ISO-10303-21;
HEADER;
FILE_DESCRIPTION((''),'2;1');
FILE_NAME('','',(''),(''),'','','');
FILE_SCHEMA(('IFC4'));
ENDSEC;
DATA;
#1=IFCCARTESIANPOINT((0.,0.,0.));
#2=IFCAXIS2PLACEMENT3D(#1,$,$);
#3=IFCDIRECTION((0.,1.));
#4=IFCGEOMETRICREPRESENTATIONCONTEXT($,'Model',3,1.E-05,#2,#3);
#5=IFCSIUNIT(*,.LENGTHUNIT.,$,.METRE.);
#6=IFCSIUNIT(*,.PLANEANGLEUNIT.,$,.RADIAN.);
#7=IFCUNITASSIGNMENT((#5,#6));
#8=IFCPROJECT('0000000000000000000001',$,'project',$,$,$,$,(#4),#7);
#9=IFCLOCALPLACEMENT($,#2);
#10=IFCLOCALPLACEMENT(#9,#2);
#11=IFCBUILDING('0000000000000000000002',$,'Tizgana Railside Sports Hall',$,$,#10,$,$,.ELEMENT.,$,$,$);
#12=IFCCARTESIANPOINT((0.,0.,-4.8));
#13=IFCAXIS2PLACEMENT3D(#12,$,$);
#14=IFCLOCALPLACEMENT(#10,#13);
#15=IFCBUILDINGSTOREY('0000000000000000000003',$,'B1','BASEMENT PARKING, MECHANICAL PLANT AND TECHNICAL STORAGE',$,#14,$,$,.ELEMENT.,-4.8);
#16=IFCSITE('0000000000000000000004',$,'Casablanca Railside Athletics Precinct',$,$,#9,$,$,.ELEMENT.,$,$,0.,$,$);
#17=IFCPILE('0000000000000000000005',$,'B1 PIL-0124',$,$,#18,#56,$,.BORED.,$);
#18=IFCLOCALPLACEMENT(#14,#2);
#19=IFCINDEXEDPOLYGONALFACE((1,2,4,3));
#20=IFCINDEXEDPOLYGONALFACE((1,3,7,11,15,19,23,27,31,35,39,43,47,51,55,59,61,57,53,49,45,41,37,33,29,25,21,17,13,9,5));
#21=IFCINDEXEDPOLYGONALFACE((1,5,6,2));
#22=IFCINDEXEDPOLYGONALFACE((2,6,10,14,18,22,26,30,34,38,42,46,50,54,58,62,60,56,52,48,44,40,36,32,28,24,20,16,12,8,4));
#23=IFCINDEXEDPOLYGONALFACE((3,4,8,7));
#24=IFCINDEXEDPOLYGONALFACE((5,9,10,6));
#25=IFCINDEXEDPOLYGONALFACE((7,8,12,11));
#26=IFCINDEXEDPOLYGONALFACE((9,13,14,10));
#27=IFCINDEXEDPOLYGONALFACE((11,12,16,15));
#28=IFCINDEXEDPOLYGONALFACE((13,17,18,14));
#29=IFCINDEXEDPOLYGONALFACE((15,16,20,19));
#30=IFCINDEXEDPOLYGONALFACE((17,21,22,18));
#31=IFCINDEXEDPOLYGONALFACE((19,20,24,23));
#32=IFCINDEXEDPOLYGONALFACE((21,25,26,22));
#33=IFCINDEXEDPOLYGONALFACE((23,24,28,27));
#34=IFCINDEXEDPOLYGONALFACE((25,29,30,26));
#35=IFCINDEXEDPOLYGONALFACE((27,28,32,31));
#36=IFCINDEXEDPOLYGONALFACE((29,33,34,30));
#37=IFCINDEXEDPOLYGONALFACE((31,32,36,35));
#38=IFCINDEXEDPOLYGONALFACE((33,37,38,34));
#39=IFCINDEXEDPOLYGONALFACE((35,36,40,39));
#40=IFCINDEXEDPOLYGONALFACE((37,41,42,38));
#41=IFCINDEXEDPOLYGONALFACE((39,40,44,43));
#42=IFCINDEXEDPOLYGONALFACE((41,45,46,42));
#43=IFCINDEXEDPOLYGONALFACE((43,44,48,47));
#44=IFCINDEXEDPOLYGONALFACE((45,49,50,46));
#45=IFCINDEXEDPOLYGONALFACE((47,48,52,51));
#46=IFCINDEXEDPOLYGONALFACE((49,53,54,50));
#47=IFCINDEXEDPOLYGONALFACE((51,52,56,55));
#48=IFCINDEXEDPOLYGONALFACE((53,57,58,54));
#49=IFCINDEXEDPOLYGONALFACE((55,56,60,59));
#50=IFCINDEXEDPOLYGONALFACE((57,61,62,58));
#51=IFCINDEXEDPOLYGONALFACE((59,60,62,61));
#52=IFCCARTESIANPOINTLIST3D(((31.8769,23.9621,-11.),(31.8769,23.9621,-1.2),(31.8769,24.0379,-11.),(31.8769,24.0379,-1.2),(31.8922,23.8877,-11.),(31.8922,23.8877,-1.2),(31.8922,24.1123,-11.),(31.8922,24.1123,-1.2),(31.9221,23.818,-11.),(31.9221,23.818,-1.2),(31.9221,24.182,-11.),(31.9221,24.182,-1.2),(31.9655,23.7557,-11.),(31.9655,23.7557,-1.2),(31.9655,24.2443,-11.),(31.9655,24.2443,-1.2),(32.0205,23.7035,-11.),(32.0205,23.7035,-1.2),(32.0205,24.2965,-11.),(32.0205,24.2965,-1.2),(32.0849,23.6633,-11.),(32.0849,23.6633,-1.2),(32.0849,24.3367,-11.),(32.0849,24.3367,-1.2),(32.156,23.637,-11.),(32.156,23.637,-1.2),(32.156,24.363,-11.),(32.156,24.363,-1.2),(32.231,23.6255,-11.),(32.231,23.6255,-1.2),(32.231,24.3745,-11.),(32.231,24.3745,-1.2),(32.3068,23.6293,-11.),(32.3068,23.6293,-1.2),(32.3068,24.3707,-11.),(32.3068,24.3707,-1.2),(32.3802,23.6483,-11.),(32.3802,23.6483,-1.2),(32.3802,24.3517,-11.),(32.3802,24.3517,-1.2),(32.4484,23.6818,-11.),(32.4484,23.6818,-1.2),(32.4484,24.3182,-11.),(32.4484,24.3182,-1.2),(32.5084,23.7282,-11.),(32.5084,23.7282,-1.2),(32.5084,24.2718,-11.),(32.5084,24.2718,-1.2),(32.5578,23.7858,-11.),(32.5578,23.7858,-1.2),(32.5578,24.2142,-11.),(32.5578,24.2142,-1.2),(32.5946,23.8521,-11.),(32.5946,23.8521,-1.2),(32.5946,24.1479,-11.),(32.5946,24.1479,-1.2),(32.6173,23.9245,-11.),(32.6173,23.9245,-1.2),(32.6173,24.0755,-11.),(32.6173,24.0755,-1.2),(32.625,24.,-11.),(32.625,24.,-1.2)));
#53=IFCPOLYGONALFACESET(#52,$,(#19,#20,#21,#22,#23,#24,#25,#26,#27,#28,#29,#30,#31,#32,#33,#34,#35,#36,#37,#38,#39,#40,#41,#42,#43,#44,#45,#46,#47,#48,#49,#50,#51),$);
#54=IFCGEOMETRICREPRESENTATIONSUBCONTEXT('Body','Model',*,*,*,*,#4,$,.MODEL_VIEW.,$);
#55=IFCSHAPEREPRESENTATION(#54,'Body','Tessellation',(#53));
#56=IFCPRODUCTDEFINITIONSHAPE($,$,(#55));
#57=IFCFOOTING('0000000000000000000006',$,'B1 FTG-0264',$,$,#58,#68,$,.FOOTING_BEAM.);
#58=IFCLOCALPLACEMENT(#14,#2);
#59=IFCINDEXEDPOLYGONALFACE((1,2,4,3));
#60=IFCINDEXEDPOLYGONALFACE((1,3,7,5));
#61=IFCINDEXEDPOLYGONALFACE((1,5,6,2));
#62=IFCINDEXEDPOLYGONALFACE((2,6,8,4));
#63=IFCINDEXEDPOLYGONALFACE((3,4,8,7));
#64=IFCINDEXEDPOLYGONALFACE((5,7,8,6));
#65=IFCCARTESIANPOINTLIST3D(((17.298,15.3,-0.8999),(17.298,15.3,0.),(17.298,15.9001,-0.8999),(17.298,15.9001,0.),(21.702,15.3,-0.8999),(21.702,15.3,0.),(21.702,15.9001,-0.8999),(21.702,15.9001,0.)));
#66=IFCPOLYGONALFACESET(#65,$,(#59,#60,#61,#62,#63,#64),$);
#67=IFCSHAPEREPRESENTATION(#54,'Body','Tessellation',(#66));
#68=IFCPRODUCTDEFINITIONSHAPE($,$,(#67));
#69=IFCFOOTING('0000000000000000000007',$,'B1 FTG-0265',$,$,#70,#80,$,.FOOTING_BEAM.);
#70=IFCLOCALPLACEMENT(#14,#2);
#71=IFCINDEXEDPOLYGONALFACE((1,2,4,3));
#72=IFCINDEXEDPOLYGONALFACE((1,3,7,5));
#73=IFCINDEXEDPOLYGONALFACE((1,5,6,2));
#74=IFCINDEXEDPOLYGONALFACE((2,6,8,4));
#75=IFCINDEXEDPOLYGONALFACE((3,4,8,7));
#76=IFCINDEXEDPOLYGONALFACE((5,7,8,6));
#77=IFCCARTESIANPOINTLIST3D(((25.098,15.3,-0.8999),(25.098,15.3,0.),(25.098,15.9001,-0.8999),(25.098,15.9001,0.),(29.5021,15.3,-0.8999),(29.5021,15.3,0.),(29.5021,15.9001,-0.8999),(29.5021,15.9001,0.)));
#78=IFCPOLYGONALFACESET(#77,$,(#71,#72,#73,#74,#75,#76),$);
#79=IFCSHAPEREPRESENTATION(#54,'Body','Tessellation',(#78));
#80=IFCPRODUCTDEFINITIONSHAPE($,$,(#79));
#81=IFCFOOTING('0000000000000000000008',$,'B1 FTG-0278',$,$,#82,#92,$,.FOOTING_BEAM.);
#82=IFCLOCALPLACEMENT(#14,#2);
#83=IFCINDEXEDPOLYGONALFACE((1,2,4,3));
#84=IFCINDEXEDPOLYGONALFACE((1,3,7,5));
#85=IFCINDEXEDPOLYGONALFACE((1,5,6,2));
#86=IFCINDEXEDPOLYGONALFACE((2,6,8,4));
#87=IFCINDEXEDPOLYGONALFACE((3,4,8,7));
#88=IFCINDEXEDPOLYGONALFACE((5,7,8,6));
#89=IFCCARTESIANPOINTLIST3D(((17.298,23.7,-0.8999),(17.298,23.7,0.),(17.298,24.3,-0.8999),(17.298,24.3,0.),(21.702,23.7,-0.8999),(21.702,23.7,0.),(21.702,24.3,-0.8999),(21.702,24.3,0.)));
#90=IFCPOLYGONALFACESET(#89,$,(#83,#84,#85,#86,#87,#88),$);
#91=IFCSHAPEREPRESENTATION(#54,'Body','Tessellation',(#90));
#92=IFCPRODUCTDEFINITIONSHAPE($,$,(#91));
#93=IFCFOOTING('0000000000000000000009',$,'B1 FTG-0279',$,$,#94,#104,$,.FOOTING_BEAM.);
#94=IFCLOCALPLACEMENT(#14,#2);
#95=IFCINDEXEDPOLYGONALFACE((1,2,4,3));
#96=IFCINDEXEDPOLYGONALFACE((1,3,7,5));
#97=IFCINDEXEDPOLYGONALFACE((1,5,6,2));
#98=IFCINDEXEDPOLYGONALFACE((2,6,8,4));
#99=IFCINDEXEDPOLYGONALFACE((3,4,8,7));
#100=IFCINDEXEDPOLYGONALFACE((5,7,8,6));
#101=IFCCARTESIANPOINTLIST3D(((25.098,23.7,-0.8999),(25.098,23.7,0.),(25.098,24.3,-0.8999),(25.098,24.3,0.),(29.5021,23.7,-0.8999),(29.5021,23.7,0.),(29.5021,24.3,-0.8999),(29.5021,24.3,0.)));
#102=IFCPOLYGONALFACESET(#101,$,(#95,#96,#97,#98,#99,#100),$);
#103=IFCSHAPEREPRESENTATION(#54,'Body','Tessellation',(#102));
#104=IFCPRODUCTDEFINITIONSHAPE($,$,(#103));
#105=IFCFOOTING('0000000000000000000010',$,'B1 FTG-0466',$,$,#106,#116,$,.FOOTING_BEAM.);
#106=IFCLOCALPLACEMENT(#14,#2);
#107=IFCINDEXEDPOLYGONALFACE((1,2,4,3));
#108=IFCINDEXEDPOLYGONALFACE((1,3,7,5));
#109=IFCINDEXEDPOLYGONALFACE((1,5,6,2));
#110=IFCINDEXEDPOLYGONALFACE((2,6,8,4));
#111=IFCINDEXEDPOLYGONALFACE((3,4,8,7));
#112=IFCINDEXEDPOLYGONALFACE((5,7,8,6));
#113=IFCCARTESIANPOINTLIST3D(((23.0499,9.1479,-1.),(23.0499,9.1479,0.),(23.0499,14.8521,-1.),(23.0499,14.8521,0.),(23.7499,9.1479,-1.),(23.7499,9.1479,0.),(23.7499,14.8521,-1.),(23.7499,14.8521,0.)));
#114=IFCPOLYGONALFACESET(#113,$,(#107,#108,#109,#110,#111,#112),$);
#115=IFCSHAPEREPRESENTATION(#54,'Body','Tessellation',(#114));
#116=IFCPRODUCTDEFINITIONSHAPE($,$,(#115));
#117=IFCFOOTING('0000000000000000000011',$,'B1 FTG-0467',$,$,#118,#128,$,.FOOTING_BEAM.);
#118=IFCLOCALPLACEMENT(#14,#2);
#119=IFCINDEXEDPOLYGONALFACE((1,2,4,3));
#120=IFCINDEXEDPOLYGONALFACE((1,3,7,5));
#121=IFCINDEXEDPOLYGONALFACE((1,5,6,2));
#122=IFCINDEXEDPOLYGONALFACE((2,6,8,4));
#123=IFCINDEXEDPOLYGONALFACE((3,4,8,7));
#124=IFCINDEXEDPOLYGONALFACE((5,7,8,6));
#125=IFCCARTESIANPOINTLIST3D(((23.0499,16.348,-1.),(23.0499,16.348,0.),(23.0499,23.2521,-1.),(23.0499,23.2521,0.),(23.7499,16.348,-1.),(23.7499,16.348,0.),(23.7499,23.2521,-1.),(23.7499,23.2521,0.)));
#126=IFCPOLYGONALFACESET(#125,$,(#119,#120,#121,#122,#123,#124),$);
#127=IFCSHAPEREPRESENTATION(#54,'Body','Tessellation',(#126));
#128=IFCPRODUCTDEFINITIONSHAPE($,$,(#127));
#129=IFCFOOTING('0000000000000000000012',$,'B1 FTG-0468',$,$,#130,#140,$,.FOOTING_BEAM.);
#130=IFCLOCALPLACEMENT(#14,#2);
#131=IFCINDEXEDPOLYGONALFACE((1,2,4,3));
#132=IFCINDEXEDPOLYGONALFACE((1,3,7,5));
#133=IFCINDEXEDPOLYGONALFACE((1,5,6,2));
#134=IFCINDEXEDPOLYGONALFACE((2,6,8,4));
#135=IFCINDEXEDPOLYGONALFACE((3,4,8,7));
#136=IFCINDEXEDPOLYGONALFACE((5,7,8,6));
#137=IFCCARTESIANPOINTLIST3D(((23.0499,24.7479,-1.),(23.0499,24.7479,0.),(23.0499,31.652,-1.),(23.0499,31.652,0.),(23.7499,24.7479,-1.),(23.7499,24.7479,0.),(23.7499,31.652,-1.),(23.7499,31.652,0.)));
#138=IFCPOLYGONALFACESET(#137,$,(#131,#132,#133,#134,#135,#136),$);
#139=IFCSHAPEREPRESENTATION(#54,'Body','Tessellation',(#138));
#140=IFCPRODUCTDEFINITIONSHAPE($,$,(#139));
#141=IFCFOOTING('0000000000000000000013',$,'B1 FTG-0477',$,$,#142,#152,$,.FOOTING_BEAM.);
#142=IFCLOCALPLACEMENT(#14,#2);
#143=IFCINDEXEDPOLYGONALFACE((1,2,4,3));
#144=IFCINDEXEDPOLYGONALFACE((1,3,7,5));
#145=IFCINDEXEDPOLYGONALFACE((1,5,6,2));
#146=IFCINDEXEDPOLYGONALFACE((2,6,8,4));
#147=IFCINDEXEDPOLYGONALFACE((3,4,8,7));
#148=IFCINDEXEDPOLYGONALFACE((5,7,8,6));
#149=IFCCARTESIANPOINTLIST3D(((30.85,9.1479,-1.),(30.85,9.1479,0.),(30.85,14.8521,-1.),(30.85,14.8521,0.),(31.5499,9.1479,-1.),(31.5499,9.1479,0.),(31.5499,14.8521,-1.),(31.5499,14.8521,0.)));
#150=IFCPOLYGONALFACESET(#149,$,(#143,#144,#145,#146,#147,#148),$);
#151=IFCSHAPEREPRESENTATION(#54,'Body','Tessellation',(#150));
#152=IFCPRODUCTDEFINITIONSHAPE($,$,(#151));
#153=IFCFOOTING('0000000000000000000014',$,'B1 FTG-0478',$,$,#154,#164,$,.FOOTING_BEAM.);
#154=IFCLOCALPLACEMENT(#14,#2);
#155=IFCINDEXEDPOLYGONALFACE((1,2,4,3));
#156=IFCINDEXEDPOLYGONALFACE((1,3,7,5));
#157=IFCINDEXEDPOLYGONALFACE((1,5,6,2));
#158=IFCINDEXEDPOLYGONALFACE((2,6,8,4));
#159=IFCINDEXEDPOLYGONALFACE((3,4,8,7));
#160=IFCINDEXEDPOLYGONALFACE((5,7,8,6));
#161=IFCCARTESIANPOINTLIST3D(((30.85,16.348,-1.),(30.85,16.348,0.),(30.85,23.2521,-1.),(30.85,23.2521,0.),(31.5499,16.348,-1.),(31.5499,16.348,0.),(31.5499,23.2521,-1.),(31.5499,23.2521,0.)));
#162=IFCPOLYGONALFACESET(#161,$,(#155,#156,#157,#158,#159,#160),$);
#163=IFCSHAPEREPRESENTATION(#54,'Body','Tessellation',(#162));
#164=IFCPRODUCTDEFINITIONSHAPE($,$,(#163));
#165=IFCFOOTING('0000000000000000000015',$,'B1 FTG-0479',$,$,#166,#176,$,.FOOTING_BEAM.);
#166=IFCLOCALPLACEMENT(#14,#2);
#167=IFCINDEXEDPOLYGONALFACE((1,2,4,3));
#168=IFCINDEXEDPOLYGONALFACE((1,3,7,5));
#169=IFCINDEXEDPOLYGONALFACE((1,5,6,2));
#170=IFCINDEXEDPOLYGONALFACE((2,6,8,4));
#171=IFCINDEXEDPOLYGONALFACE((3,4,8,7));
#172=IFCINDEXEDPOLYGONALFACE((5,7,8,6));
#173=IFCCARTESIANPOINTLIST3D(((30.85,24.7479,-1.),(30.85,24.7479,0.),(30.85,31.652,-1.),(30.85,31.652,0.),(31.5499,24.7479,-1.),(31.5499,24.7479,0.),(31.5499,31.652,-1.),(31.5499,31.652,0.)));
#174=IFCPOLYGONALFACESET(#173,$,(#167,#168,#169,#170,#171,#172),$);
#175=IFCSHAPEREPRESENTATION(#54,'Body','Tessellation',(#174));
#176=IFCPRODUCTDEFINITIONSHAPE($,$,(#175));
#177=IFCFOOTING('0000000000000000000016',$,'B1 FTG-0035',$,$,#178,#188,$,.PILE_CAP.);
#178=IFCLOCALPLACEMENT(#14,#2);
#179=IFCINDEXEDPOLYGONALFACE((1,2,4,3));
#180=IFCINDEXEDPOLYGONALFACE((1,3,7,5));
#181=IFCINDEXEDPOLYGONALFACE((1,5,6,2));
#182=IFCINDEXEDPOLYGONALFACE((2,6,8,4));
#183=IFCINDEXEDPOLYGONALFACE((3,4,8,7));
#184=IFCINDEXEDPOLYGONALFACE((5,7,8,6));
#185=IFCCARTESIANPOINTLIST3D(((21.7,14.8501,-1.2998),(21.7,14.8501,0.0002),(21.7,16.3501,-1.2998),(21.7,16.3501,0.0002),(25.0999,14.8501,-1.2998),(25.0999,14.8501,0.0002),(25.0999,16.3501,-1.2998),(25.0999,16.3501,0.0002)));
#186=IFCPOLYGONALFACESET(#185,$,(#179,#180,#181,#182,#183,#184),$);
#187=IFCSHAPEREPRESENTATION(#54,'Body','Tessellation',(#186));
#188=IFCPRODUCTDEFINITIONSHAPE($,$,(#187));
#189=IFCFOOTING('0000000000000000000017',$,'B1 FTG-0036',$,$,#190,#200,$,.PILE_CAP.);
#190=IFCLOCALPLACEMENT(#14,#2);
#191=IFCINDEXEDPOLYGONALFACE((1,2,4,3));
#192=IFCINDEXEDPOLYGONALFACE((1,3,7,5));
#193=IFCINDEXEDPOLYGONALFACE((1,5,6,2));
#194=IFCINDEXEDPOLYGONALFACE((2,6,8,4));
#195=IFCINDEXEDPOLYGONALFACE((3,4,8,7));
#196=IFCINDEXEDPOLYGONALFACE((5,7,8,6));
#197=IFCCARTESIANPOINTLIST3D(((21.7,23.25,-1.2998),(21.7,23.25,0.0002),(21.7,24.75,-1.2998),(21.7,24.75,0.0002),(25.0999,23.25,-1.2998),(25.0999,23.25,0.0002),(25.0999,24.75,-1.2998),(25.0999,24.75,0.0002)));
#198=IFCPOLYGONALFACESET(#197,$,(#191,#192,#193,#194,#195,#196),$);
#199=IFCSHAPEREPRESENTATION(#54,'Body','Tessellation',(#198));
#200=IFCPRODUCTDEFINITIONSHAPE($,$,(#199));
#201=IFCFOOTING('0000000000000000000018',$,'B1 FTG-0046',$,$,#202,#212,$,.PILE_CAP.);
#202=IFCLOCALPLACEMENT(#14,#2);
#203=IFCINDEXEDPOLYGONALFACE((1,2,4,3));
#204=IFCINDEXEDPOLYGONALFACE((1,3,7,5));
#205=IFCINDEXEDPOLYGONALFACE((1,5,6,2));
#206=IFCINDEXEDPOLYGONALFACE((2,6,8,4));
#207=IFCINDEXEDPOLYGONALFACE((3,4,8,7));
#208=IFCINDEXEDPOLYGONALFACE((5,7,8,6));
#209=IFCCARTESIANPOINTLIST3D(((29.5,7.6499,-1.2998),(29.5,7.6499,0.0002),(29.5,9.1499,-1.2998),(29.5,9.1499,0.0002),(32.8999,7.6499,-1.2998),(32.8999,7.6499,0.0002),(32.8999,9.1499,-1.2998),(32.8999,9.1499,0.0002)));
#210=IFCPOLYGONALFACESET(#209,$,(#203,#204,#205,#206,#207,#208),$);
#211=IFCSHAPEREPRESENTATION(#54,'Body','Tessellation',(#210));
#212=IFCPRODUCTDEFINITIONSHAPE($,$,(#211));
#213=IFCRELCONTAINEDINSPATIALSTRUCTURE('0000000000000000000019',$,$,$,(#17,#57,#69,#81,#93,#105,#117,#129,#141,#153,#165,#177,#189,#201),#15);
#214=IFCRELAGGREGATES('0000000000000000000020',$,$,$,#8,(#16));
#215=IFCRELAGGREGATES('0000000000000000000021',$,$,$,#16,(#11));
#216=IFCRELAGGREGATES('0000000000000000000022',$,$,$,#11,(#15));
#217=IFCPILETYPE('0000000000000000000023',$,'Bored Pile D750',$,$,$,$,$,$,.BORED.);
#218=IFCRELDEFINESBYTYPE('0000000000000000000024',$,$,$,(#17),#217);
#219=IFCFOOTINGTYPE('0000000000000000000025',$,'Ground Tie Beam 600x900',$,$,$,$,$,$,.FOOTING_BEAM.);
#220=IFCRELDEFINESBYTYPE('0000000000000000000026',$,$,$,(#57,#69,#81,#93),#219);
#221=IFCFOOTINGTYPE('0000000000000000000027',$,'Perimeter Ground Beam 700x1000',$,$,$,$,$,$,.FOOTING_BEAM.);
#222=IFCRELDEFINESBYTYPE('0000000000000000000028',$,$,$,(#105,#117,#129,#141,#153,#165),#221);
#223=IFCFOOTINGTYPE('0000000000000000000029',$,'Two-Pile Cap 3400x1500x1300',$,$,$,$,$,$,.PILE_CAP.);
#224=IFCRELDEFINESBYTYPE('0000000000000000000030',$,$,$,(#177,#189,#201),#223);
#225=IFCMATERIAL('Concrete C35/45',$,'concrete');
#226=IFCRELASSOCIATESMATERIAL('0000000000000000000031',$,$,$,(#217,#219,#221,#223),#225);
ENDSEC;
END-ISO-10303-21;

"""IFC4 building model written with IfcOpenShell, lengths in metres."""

from ifc_helpers import new_model, si_unit, direction, frame, origin, origin_2d, place, context, subcontext, project, spatial, rectangle, circle, extrude, material, material_profile, profile_set, type_object, element, save


model = new_model("IFC4")

# Units and contexts
model_context = context("Model", 3, precision=1e-05, world=origin(), true_north=direction((0.0, 1.0)))
body_context = subcontext(model_context, "Body", "Model", "MODEL_VIEW")
ifc_project = project(units=[si_unit("LENGTHUNIT", "METRE"), si_unit("PLANEANGLEUNIT", "RADIAN")], contexts=[model_context])

# Site, building, storey
site_placement = place(None, origin())
site = spatial("IfcSite", under=ifc_project, at=site_placement, Name="Casablanca Railside Athletics Precinct", CompositionType="ELEMENT", RefElevation=0.0)
building_placement = place(site_placement, origin())
building = spatial("IfcBuilding", under=site, at=building_placement, Name="Tizgana Railside Sports Hall", CompositionType="ELEMENT")
storey_placement = place(building_placement, frame((0.0, 0.0, -4.8)))
storey = spatial("IfcBuildingStorey", under=building, at=storey_placement, Name="B1", Description="BASEMENT PARKING, MECHANICAL PLANT AND TECHNICAL STORAGE", CompositionType="ELEMENT", Elevation=-4.8)

# Pile
ifc_material_1 = material(Name="Concrete C35/45", Category="concrete")
ifc_material_profile_1 = material_profile(ifc_material_1, circle(Radius=0.375, at=origin_2d()), Name="PILE D750")
ifc_profile_set_1 = profile_set([ifc_material_profile_1], Name="Concrete C35/45")
pile_type = type_object("IfcPileType", Name="Bored Pile D750", PredefinedType="BORED", material=ifc_profile_set_1)
for number, where, z_axis, x_axis, name in (
    (1, (32.25, 24.0, -1.2), (0.0, 0.0, -1.0), (1.0, 0.0, 0.0), "B1 PIL-0124"),
):
    element("IfcPile", number, at=place(storey_placement, frame(where, z_axis=z_axis, x_axis=x_axis)), inside=storey, type_object=pile_type, Name=name, PredefinedType="BORED", context=body_context, shape_type="SweptSolid", body=[
        extrude(circle(Radius=0.375, at=origin_2d()), origin(), (0.0, 0.0, 1.0), 9.8),
    ])

# Footings
footing_type_1 = type_object("IfcFootingType", Name="Ground Tie Beam 600x900", PredefinedType="FOOTING_BEAM", material=ifc_material_1)
for number, where, z_axis, x_axis, name in (
    (2, (19.5, 15.6001, -0.8999), (0.0, 0.0, 1.0), (1.0, 0.0, 0.0), "B1 FTG-0264"),
    (3, (27.3, 15.6001, -0.8999), (0.0, 0.0, 1.0), (1.0, 0.0, 0.0), "B1 FTG-0265"),
    (4, (19.5, 24.0, -0.8999), (0.0, 0.0, 1.0), (1.0, 0.0, 0.0), "B1 FTG-0278"),
    (5, (27.3, 24.0, -0.8999), (0.0, 0.0, 1.0), (1.0, 0.0, 0.0), "B1 FTG-0279"),
):
    element("IfcFooting", number, at=place(storey_placement, frame(where, z_axis=z_axis, x_axis=x_axis)), inside=storey, type_object=footing_type_1, Name=name, PredefinedType="FOOTING_BEAM", context=body_context, shape_type="SweptSolid", body=[
        extrude(rectangle(XDim=4.4041, YDim=0.6001, at=origin_2d()), origin(), (0.0, 0.0, 1.0), 0.8999),
    ])
footing_type_2 = type_object("IfcFootingType", Name="Perimeter Ground Beam 700x1000", PredefinedType="FOOTING_BEAM", material=ifc_material_1)
footing_1_placement = place(storey_placement, frame((23.3999, 12.0, -1.0), z_axis=(0.0, 0.0, 1.0), x_axis=(0.0, 1.0, 0.0)))
element("IfcFooting", 6, at=footing_1_placement, inside=storey, type_object=footing_type_2, Name="B1 FTG-0466", PredefinedType="FOOTING_BEAM", context=body_context, shape_type="SweptSolid", body=[
    extrude(rectangle(XDim=5.7041, YDim=0.7, at=origin_2d()), origin(), (0.0, 0.0, 1.0), 1.0),
])
for number, where, z_axis, x_axis, name in (
    (7, (23.3999, 19.8, -1.0), (0.0, 0.0, 1.0), (0.0, 1.0, 0.0), "B1 FTG-0467"),
    (8, (23.3999, 28.2, -1.0), (0.0, 0.0, 1.0), (0.0, 1.0, 0.0), "B1 FTG-0468"),
):
    element("IfcFooting", number, at=place(storey_placement, frame(where, z_axis=z_axis, x_axis=x_axis)), inside=storey, type_object=footing_type_2, Name=name, PredefinedType="FOOTING_BEAM", context=body_context, shape_type="SweptSolid", body=[
        extrude(rectangle(XDim=6.9041, YDim=0.7, at=origin_2d()), origin(), (0.0, 0.0, 1.0), 1.0),
    ])
footing_2_placement = place(storey_placement, frame((31.2, 12.0, -1.0), z_axis=(0.0, 0.0, 1.0), x_axis=(0.0, 1.0, 0.0)))
element("IfcFooting", 9, at=footing_2_placement, inside=storey, type_object=footing_type_2, Name="B1 FTG-0477", PredefinedType="FOOTING_BEAM", context=body_context, shape_type="SweptSolid", body=[
    extrude(rectangle(XDim=5.7041, YDim=0.7, at=origin_2d()), origin(), (0.0, 0.0, 1.0), 1.0),
])
for number, where, z_axis, x_axis, name in (
    (10, (31.2, 19.8, -1.0), (0.0, 0.0, 1.0), (0.0, 1.0, 0.0), "B1 FTG-0478"),
    (11, (31.2, 28.2, -1.0), (0.0, 0.0, 1.0), (0.0, 1.0, 0.0), "B1 FTG-0479"),
):
    element("IfcFooting", number, at=place(storey_placement, frame(where, z_axis=z_axis, x_axis=x_axis)), inside=storey, type_object=footing_type_2, Name=name, PredefinedType="FOOTING_BEAM", context=body_context, shape_type="SweptSolid", body=[
        extrude(rectangle(XDim=6.9041, YDim=0.7, at=origin_2d()), origin(), (0.0, 0.0, 1.0), 1.0),
    ])
footing_type_3 = type_object("IfcFootingType", Name="Two-Pile Cap 3400x1500x1300", PredefinedType="PILE_CAP", material=ifc_material_1)
for number, where, z_axis, x_axis, name in (
    (12, (23.3999, 15.6001, -1.2998), (0.0, 0.0, 1.0), (1.0, 0.0, 0.0), "B1 FTG-0035"),
    (13, (23.3999, 24.0, -1.2998), (0.0, 0.0, 1.0), (1.0, 0.0, 0.0), "B1 FTG-0036"),
    (14, (31.2, 8.3999, -1.2998), (0.0, 0.0, 1.0), (1.0, 0.0, 0.0), "B1 FTG-0046"),
):
    element("IfcFooting", number, at=place(storey_placement, frame(where, z_axis=z_axis, x_axis=x_axis)), inside=storey, type_object=footing_type_3, Name=name, PredefinedType="PILE_CAP", context=body_context, shape_type="SweptSolid", body=[
        extrude(rectangle(XDim=3.3999, YDim=1.5, at=origin_2d()), origin(), (0.0, 0.0, 1.0), 1.3),
    ])

save(model, "model.ifc")
